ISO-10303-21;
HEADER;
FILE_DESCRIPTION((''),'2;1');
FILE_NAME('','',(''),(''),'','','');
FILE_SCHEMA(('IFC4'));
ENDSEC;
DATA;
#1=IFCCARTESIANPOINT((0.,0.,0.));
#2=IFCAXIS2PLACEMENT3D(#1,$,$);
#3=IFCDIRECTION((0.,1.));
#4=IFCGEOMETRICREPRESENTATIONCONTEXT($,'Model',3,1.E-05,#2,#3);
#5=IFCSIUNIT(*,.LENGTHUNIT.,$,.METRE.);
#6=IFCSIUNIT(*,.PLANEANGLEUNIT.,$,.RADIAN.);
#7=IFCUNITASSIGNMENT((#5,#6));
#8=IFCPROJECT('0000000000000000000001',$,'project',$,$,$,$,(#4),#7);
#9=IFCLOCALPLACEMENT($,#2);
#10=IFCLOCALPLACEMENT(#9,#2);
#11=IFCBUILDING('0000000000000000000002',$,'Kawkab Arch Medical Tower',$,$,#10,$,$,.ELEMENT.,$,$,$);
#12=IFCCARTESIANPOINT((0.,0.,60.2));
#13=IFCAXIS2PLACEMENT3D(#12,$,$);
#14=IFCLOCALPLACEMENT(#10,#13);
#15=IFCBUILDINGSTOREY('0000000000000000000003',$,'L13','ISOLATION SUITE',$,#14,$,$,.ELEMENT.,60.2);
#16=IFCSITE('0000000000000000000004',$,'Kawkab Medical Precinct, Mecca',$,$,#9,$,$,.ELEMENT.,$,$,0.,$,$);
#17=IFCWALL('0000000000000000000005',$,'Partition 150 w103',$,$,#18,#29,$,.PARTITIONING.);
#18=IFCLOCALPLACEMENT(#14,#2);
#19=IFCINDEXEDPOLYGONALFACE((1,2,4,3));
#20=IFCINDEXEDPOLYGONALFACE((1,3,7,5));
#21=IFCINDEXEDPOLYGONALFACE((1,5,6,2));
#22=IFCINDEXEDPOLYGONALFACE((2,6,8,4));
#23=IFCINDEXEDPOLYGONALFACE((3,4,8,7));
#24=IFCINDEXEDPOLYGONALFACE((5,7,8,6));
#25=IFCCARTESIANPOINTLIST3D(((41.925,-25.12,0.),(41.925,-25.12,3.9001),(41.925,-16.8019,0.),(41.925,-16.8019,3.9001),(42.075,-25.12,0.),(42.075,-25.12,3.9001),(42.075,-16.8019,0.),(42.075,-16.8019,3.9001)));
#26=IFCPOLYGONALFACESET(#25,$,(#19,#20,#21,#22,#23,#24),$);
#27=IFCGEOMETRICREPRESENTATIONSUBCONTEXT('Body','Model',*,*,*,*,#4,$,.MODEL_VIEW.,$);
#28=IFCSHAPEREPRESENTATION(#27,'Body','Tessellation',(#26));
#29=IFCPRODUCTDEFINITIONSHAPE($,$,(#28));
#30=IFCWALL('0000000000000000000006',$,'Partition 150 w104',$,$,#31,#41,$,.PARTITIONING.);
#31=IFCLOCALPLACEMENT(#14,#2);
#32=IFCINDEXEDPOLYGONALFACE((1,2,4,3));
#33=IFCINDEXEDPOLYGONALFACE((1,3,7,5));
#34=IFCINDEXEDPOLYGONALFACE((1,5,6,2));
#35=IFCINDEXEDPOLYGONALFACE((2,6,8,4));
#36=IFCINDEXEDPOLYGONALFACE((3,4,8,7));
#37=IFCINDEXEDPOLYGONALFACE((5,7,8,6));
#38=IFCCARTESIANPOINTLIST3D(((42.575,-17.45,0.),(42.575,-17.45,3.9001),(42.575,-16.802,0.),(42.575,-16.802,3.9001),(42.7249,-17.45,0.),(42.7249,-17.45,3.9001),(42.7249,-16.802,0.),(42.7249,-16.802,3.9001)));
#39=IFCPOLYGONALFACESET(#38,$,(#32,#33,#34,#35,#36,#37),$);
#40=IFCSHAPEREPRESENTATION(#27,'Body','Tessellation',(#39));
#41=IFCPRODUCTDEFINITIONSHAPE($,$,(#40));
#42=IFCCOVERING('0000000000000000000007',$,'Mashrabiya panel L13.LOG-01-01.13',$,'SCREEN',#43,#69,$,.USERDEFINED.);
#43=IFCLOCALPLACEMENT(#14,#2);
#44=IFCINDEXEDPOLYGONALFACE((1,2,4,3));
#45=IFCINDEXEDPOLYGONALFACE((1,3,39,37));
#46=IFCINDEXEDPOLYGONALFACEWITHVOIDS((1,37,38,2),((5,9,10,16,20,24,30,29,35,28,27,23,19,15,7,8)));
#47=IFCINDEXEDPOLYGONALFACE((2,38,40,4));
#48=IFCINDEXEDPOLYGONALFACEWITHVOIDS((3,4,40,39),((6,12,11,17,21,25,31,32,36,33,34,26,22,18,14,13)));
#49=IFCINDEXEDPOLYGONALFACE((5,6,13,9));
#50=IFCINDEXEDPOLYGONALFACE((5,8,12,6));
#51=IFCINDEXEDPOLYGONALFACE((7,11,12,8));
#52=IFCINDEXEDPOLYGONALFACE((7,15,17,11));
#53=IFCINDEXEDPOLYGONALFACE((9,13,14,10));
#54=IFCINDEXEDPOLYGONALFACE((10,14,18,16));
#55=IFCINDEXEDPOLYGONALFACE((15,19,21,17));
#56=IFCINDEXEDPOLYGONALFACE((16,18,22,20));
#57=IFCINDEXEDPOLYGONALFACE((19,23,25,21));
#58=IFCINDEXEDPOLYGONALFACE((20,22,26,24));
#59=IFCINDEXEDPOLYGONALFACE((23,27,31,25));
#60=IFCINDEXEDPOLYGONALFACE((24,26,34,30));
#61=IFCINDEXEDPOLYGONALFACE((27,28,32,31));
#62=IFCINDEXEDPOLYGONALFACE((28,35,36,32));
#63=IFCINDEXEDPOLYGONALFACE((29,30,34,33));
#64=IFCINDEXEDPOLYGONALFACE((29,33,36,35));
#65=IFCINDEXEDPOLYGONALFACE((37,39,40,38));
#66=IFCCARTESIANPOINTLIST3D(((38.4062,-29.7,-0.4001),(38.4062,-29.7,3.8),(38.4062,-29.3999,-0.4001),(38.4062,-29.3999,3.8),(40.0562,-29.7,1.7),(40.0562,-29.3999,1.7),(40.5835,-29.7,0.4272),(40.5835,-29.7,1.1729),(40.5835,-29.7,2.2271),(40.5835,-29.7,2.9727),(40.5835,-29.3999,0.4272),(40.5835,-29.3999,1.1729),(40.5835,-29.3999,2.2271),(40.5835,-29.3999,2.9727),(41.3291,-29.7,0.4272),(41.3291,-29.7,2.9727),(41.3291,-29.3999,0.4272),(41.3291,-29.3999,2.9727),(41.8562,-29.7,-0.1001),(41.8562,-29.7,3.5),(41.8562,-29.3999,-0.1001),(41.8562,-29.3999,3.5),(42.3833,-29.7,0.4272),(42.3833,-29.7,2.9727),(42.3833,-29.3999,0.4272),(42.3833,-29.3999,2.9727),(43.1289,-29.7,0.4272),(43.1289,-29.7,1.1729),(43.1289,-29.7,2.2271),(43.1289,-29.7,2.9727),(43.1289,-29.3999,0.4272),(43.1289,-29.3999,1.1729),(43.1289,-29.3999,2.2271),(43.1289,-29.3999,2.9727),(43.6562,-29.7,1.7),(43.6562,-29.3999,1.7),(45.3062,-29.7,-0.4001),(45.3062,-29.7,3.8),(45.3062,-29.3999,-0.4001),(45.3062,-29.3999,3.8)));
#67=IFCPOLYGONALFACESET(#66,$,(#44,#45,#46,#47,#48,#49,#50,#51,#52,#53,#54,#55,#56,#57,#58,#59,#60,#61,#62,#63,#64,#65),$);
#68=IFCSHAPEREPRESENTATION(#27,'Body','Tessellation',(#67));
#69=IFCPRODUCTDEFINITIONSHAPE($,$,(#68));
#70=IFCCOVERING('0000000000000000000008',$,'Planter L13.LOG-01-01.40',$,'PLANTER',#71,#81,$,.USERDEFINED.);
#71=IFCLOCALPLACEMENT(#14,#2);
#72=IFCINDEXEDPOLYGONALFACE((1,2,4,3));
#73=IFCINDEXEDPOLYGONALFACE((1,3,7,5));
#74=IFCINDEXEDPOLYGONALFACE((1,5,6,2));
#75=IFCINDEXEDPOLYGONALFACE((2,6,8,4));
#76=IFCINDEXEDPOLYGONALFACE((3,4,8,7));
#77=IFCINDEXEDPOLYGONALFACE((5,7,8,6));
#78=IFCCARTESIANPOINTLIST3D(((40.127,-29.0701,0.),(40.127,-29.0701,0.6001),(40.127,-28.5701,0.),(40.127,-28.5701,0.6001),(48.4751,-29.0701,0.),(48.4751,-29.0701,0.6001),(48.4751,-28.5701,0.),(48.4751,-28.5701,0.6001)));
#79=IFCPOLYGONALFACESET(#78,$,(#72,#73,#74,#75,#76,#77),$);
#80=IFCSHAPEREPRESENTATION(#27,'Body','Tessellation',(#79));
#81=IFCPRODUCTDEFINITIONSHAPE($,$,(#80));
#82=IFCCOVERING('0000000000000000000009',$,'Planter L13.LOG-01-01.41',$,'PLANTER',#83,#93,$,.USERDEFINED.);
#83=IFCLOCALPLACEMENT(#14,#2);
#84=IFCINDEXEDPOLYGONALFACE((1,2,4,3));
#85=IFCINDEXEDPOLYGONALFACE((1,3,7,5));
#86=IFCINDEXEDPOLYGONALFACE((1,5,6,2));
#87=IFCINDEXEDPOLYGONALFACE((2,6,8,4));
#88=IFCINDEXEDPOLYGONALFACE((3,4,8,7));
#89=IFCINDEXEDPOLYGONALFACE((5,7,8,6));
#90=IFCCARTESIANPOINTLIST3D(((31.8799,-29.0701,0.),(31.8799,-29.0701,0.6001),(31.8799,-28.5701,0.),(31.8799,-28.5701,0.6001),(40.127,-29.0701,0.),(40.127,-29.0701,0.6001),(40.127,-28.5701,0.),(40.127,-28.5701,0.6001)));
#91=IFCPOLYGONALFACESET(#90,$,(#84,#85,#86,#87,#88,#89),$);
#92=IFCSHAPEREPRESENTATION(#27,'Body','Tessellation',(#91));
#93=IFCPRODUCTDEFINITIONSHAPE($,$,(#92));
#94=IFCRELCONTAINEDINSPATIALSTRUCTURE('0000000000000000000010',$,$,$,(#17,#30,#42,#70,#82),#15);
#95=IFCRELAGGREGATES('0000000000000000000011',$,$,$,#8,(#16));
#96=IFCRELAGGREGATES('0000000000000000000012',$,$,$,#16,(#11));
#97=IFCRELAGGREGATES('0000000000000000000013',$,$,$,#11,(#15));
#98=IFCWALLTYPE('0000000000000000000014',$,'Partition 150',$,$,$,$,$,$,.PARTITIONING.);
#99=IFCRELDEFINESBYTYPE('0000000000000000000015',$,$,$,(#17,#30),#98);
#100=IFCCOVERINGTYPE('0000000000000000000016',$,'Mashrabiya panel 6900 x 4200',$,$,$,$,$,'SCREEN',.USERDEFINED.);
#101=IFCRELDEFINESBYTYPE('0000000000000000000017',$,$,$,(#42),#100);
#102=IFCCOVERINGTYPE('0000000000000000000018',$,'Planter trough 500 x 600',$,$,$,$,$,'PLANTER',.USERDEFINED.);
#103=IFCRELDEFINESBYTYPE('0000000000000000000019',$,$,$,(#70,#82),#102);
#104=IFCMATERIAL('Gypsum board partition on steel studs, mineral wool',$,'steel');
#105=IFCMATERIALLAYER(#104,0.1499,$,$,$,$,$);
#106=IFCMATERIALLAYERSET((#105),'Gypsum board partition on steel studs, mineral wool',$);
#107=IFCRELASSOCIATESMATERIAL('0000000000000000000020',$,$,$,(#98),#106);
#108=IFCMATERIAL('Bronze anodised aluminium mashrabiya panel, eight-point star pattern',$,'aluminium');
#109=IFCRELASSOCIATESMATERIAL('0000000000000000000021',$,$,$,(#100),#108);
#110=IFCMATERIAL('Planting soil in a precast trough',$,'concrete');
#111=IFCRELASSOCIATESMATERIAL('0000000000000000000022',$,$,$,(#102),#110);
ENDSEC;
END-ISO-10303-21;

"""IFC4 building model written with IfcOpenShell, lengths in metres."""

from ifc_helpers import new_model, si_unit, direction, frame, frame_2d, origin, origin_2d, place, context, subcontext, project, spatial, polyline, rectangle, outline, extrude, material, layer, layer_set, material_profile, profile_set, type_object, element, save


model = new_model("IFC4")

# Units and contexts
model_context = context("Model", 3, precision=1e-05, world=origin(), true_north=direction((0.0, 1.0)))
body_context = subcontext(model_context, "Body", "Model", "MODEL_VIEW")
ifc_project = project(units=[si_unit("LENGTHUNIT", "METRE"), si_unit("PLANEANGLEUNIT", "RADIAN")], contexts=[model_context])

# Site, building, storey
site_placement = place(None, origin())
site = spatial("IfcSite", under=ifc_project, at=site_placement, Name="Kawkab Medical Precinct, Mecca", CompositionType="ELEMENT", RefElevation=0.0)
building_placement = place(site_placement, origin())
building = spatial("IfcBuilding", under=site, at=building_placement, Name="Kawkab Arch Medical Tower", CompositionType="ELEMENT")
storey_placement = place(building_placement, frame((0.0, 0.0, 60.2)))
storey = spatial("IfcBuildingStorey", under=building, at=storey_placement, Name="L13", Description="ISOLATION SUITE", CompositionType="ELEMENT", Elevation=60.2)

# Walls
ifc_material_1 = material(Name="Gypsum board partition on steel studs, mineral wool", Category="steel")
ifc_layer_1 = layer(ifc_material_1, 0.1499)
ifc_layer_set_1 = layer_set([ifc_layer_1], Name="Gypsum board partition on steel studs, mineral wool")
wall_type_1 = type_object("IfcWallType", Name="Partition 150", PredefinedType="PARTITIONING", material=ifc_layer_set_1)
wall_1_placement = place(storey_placement, frame((42.0, -25.1201, 0.0), z_axis=(0.0, 0.0, 1.0), x_axis=(0.0, 1.0, 0.0)))
element("IfcWall", 1, at=wall_1_placement, inside=storey, type_object=wall_type_1, Name="Partition 150 w103", PredefinedType="PARTITIONING", context=body_context, shape_type="SweptSolid", body=[
    extrude(rectangle(XDim=8.3181, YDim=0.1499, at=frame_2d((4.1592, 0.0))), origin(), (0.0, 0.0, 1.0), 3.9001),
])
wall_2_placement = place(storey_placement, frame((42.6499, -17.45, 0.0), z_axis=(0.0, 0.0, 1.0), x_axis=(0.0, 1.0, 0.0)))
element("IfcWall", 2, at=wall_2_placement, inside=storey, type_object=wall_type_1, Name="Partition 150 w104", PredefinedType="PARTITIONING", context=body_context, shape_type="SweptSolid", body=[
    extrude(rectangle(XDim=0.6479, YDim=0.1499, at=frame_2d((0.324, 0.0))), origin(), (0.0, 0.0, 1.0), 3.9001),
])

# Coverings
ifc_material_2 = material(Name="Bronze anodised aluminium mashrabiya panel, eight-point star pattern", Category="aluminium")
ifc_material_profile_1 = material_profile(ifc_material_2, outline(polyline([(-3.45, -2.1001), (3.45, -2.1001), (3.45, 2.1001), (-3.45, 2.1001), (-3.45, -2.1001)]), holes=[polyline([(1.8, 0.0), (1.2727, 0.5271), (1.2727, 1.2727), (0.5271, 1.2727), (0.0, 1.8), (-0.5271, 1.2727), (-1.2727, 1.2727), (-1.2727, 0.5271), (-1.8, 0.0), (-1.2727, -0.5271), (-1.2727, -1.2727), (-0.5271, -1.2727), (0.0, -1.8), (0.5271, -1.2727), (1.2727, -1.2727), (1.2727, -0.5271), (1.8, 0.0)])]), Name="Mashrabiya panel 6900x4200")
ifc_profile_set_1 = profile_set([ifc_material_profile_1], Name="Bronze anodised aluminium mashrabiya panel, eight-point star pattern")
covering_type_1 = type_object("IfcCoveringType", Name="Mashrabiya panel 6900 x 4200", ElementType="SCREEN", PredefinedType="USERDEFINED", material=ifc_profile_set_1)
covering_1_placement = place(storey_placement, frame((41.8562, -29.3999, 1.7), z_axis=(0.0, -1.0, 0.0), x_axis=(1.0, 0.0, 0.0)))
element("IfcCovering", 3, at=covering_1_placement, inside=storey, type_object=covering_type_1, Name="Mashrabiya panel L13.LOG-01-01.13", ObjectType="SCREEN", PredefinedType="USERDEFINED", context=body_context, shape_type="SweptSolid", body=[
    extrude(outline(polyline([(-3.45, -2.1001), (3.45, -2.1001), (3.45, 2.1001), (-3.45, 2.1001), (-3.45, -2.1001)]), holes=[polyline([(1.8, 0.0), (1.2727, 0.5271), (1.2727, 1.2727), (0.5271, 1.2727), (0.0, 1.8), (-0.5271, 1.2727), (-1.2727, 1.2727), (-1.2727, 0.5271), (-1.8, 0.0), (-1.2727, -0.5271), (-1.2727, -1.2727), (-0.5271, -1.2727), (0.0, -1.8), (0.5271, -1.2727), (1.2727, -1.2727), (1.2727, -0.5271), (1.8, 0.0)])]), origin(), (0.0, 0.0, 1.0), 0.3),
])
ifc_material_3 = material(Name="Planting soil in a precast trough", Category="concrete")
ifc_material_profile_2 = material_profile(ifc_material_3, rectangle(XDim=0.5, YDim=0.6001, at=origin_2d()), Name="Trough 500x600")
ifc_profile_set_2 = profile_set([ifc_material_profile_2], Name="Planting soil in a precast trough")
covering_type_2 = type_object("IfcCoveringType", Name="Planter trough 500 x 600", ElementType="PLANTER", PredefinedType="USERDEFINED", material=ifc_profile_set_2)
covering_2_placement = place(storey_placement, frame((48.4751, -28.8201, 0.3), z_axis=(-1.0, 0.0, 0.0), x_axis=(0.0, -1.0, 0.0)))
element("IfcCovering", 4, at=covering_2_placement, inside=storey, type_object=covering_type_2, Name="Planter L13.LOG-01-01.40", ObjectType="PLANTER", PredefinedType="USERDEFINED", context=body_context, shape_type="SweptSolid", body=[
    extrude(rectangle(XDim=0.5, YDim=0.6001, at=origin_2d()), origin(), (0.0, 0.0, 1.0), 8.3481),
])
covering_3_placement = place(storey_placement, frame((40.127, -28.8201, 0.3), z_axis=(-1.0, 0.0, 0.0), x_axis=(0.0, -1.0, 0.0)))
element("IfcCovering", 5, at=covering_3_placement, inside=storey, type_object=covering_type_2, Name="Planter L13.LOG-01-01.41", ObjectType="PLANTER", PredefinedType="USERDEFINED", context=body_context, shape_type="SweptSolid", body=[
    extrude(rectangle(XDim=0.5, YDim=0.6001, at=origin_2d()), origin(), (0.0, 0.0, 1.0), 8.2471),
])

save(model, "model.ifc")
